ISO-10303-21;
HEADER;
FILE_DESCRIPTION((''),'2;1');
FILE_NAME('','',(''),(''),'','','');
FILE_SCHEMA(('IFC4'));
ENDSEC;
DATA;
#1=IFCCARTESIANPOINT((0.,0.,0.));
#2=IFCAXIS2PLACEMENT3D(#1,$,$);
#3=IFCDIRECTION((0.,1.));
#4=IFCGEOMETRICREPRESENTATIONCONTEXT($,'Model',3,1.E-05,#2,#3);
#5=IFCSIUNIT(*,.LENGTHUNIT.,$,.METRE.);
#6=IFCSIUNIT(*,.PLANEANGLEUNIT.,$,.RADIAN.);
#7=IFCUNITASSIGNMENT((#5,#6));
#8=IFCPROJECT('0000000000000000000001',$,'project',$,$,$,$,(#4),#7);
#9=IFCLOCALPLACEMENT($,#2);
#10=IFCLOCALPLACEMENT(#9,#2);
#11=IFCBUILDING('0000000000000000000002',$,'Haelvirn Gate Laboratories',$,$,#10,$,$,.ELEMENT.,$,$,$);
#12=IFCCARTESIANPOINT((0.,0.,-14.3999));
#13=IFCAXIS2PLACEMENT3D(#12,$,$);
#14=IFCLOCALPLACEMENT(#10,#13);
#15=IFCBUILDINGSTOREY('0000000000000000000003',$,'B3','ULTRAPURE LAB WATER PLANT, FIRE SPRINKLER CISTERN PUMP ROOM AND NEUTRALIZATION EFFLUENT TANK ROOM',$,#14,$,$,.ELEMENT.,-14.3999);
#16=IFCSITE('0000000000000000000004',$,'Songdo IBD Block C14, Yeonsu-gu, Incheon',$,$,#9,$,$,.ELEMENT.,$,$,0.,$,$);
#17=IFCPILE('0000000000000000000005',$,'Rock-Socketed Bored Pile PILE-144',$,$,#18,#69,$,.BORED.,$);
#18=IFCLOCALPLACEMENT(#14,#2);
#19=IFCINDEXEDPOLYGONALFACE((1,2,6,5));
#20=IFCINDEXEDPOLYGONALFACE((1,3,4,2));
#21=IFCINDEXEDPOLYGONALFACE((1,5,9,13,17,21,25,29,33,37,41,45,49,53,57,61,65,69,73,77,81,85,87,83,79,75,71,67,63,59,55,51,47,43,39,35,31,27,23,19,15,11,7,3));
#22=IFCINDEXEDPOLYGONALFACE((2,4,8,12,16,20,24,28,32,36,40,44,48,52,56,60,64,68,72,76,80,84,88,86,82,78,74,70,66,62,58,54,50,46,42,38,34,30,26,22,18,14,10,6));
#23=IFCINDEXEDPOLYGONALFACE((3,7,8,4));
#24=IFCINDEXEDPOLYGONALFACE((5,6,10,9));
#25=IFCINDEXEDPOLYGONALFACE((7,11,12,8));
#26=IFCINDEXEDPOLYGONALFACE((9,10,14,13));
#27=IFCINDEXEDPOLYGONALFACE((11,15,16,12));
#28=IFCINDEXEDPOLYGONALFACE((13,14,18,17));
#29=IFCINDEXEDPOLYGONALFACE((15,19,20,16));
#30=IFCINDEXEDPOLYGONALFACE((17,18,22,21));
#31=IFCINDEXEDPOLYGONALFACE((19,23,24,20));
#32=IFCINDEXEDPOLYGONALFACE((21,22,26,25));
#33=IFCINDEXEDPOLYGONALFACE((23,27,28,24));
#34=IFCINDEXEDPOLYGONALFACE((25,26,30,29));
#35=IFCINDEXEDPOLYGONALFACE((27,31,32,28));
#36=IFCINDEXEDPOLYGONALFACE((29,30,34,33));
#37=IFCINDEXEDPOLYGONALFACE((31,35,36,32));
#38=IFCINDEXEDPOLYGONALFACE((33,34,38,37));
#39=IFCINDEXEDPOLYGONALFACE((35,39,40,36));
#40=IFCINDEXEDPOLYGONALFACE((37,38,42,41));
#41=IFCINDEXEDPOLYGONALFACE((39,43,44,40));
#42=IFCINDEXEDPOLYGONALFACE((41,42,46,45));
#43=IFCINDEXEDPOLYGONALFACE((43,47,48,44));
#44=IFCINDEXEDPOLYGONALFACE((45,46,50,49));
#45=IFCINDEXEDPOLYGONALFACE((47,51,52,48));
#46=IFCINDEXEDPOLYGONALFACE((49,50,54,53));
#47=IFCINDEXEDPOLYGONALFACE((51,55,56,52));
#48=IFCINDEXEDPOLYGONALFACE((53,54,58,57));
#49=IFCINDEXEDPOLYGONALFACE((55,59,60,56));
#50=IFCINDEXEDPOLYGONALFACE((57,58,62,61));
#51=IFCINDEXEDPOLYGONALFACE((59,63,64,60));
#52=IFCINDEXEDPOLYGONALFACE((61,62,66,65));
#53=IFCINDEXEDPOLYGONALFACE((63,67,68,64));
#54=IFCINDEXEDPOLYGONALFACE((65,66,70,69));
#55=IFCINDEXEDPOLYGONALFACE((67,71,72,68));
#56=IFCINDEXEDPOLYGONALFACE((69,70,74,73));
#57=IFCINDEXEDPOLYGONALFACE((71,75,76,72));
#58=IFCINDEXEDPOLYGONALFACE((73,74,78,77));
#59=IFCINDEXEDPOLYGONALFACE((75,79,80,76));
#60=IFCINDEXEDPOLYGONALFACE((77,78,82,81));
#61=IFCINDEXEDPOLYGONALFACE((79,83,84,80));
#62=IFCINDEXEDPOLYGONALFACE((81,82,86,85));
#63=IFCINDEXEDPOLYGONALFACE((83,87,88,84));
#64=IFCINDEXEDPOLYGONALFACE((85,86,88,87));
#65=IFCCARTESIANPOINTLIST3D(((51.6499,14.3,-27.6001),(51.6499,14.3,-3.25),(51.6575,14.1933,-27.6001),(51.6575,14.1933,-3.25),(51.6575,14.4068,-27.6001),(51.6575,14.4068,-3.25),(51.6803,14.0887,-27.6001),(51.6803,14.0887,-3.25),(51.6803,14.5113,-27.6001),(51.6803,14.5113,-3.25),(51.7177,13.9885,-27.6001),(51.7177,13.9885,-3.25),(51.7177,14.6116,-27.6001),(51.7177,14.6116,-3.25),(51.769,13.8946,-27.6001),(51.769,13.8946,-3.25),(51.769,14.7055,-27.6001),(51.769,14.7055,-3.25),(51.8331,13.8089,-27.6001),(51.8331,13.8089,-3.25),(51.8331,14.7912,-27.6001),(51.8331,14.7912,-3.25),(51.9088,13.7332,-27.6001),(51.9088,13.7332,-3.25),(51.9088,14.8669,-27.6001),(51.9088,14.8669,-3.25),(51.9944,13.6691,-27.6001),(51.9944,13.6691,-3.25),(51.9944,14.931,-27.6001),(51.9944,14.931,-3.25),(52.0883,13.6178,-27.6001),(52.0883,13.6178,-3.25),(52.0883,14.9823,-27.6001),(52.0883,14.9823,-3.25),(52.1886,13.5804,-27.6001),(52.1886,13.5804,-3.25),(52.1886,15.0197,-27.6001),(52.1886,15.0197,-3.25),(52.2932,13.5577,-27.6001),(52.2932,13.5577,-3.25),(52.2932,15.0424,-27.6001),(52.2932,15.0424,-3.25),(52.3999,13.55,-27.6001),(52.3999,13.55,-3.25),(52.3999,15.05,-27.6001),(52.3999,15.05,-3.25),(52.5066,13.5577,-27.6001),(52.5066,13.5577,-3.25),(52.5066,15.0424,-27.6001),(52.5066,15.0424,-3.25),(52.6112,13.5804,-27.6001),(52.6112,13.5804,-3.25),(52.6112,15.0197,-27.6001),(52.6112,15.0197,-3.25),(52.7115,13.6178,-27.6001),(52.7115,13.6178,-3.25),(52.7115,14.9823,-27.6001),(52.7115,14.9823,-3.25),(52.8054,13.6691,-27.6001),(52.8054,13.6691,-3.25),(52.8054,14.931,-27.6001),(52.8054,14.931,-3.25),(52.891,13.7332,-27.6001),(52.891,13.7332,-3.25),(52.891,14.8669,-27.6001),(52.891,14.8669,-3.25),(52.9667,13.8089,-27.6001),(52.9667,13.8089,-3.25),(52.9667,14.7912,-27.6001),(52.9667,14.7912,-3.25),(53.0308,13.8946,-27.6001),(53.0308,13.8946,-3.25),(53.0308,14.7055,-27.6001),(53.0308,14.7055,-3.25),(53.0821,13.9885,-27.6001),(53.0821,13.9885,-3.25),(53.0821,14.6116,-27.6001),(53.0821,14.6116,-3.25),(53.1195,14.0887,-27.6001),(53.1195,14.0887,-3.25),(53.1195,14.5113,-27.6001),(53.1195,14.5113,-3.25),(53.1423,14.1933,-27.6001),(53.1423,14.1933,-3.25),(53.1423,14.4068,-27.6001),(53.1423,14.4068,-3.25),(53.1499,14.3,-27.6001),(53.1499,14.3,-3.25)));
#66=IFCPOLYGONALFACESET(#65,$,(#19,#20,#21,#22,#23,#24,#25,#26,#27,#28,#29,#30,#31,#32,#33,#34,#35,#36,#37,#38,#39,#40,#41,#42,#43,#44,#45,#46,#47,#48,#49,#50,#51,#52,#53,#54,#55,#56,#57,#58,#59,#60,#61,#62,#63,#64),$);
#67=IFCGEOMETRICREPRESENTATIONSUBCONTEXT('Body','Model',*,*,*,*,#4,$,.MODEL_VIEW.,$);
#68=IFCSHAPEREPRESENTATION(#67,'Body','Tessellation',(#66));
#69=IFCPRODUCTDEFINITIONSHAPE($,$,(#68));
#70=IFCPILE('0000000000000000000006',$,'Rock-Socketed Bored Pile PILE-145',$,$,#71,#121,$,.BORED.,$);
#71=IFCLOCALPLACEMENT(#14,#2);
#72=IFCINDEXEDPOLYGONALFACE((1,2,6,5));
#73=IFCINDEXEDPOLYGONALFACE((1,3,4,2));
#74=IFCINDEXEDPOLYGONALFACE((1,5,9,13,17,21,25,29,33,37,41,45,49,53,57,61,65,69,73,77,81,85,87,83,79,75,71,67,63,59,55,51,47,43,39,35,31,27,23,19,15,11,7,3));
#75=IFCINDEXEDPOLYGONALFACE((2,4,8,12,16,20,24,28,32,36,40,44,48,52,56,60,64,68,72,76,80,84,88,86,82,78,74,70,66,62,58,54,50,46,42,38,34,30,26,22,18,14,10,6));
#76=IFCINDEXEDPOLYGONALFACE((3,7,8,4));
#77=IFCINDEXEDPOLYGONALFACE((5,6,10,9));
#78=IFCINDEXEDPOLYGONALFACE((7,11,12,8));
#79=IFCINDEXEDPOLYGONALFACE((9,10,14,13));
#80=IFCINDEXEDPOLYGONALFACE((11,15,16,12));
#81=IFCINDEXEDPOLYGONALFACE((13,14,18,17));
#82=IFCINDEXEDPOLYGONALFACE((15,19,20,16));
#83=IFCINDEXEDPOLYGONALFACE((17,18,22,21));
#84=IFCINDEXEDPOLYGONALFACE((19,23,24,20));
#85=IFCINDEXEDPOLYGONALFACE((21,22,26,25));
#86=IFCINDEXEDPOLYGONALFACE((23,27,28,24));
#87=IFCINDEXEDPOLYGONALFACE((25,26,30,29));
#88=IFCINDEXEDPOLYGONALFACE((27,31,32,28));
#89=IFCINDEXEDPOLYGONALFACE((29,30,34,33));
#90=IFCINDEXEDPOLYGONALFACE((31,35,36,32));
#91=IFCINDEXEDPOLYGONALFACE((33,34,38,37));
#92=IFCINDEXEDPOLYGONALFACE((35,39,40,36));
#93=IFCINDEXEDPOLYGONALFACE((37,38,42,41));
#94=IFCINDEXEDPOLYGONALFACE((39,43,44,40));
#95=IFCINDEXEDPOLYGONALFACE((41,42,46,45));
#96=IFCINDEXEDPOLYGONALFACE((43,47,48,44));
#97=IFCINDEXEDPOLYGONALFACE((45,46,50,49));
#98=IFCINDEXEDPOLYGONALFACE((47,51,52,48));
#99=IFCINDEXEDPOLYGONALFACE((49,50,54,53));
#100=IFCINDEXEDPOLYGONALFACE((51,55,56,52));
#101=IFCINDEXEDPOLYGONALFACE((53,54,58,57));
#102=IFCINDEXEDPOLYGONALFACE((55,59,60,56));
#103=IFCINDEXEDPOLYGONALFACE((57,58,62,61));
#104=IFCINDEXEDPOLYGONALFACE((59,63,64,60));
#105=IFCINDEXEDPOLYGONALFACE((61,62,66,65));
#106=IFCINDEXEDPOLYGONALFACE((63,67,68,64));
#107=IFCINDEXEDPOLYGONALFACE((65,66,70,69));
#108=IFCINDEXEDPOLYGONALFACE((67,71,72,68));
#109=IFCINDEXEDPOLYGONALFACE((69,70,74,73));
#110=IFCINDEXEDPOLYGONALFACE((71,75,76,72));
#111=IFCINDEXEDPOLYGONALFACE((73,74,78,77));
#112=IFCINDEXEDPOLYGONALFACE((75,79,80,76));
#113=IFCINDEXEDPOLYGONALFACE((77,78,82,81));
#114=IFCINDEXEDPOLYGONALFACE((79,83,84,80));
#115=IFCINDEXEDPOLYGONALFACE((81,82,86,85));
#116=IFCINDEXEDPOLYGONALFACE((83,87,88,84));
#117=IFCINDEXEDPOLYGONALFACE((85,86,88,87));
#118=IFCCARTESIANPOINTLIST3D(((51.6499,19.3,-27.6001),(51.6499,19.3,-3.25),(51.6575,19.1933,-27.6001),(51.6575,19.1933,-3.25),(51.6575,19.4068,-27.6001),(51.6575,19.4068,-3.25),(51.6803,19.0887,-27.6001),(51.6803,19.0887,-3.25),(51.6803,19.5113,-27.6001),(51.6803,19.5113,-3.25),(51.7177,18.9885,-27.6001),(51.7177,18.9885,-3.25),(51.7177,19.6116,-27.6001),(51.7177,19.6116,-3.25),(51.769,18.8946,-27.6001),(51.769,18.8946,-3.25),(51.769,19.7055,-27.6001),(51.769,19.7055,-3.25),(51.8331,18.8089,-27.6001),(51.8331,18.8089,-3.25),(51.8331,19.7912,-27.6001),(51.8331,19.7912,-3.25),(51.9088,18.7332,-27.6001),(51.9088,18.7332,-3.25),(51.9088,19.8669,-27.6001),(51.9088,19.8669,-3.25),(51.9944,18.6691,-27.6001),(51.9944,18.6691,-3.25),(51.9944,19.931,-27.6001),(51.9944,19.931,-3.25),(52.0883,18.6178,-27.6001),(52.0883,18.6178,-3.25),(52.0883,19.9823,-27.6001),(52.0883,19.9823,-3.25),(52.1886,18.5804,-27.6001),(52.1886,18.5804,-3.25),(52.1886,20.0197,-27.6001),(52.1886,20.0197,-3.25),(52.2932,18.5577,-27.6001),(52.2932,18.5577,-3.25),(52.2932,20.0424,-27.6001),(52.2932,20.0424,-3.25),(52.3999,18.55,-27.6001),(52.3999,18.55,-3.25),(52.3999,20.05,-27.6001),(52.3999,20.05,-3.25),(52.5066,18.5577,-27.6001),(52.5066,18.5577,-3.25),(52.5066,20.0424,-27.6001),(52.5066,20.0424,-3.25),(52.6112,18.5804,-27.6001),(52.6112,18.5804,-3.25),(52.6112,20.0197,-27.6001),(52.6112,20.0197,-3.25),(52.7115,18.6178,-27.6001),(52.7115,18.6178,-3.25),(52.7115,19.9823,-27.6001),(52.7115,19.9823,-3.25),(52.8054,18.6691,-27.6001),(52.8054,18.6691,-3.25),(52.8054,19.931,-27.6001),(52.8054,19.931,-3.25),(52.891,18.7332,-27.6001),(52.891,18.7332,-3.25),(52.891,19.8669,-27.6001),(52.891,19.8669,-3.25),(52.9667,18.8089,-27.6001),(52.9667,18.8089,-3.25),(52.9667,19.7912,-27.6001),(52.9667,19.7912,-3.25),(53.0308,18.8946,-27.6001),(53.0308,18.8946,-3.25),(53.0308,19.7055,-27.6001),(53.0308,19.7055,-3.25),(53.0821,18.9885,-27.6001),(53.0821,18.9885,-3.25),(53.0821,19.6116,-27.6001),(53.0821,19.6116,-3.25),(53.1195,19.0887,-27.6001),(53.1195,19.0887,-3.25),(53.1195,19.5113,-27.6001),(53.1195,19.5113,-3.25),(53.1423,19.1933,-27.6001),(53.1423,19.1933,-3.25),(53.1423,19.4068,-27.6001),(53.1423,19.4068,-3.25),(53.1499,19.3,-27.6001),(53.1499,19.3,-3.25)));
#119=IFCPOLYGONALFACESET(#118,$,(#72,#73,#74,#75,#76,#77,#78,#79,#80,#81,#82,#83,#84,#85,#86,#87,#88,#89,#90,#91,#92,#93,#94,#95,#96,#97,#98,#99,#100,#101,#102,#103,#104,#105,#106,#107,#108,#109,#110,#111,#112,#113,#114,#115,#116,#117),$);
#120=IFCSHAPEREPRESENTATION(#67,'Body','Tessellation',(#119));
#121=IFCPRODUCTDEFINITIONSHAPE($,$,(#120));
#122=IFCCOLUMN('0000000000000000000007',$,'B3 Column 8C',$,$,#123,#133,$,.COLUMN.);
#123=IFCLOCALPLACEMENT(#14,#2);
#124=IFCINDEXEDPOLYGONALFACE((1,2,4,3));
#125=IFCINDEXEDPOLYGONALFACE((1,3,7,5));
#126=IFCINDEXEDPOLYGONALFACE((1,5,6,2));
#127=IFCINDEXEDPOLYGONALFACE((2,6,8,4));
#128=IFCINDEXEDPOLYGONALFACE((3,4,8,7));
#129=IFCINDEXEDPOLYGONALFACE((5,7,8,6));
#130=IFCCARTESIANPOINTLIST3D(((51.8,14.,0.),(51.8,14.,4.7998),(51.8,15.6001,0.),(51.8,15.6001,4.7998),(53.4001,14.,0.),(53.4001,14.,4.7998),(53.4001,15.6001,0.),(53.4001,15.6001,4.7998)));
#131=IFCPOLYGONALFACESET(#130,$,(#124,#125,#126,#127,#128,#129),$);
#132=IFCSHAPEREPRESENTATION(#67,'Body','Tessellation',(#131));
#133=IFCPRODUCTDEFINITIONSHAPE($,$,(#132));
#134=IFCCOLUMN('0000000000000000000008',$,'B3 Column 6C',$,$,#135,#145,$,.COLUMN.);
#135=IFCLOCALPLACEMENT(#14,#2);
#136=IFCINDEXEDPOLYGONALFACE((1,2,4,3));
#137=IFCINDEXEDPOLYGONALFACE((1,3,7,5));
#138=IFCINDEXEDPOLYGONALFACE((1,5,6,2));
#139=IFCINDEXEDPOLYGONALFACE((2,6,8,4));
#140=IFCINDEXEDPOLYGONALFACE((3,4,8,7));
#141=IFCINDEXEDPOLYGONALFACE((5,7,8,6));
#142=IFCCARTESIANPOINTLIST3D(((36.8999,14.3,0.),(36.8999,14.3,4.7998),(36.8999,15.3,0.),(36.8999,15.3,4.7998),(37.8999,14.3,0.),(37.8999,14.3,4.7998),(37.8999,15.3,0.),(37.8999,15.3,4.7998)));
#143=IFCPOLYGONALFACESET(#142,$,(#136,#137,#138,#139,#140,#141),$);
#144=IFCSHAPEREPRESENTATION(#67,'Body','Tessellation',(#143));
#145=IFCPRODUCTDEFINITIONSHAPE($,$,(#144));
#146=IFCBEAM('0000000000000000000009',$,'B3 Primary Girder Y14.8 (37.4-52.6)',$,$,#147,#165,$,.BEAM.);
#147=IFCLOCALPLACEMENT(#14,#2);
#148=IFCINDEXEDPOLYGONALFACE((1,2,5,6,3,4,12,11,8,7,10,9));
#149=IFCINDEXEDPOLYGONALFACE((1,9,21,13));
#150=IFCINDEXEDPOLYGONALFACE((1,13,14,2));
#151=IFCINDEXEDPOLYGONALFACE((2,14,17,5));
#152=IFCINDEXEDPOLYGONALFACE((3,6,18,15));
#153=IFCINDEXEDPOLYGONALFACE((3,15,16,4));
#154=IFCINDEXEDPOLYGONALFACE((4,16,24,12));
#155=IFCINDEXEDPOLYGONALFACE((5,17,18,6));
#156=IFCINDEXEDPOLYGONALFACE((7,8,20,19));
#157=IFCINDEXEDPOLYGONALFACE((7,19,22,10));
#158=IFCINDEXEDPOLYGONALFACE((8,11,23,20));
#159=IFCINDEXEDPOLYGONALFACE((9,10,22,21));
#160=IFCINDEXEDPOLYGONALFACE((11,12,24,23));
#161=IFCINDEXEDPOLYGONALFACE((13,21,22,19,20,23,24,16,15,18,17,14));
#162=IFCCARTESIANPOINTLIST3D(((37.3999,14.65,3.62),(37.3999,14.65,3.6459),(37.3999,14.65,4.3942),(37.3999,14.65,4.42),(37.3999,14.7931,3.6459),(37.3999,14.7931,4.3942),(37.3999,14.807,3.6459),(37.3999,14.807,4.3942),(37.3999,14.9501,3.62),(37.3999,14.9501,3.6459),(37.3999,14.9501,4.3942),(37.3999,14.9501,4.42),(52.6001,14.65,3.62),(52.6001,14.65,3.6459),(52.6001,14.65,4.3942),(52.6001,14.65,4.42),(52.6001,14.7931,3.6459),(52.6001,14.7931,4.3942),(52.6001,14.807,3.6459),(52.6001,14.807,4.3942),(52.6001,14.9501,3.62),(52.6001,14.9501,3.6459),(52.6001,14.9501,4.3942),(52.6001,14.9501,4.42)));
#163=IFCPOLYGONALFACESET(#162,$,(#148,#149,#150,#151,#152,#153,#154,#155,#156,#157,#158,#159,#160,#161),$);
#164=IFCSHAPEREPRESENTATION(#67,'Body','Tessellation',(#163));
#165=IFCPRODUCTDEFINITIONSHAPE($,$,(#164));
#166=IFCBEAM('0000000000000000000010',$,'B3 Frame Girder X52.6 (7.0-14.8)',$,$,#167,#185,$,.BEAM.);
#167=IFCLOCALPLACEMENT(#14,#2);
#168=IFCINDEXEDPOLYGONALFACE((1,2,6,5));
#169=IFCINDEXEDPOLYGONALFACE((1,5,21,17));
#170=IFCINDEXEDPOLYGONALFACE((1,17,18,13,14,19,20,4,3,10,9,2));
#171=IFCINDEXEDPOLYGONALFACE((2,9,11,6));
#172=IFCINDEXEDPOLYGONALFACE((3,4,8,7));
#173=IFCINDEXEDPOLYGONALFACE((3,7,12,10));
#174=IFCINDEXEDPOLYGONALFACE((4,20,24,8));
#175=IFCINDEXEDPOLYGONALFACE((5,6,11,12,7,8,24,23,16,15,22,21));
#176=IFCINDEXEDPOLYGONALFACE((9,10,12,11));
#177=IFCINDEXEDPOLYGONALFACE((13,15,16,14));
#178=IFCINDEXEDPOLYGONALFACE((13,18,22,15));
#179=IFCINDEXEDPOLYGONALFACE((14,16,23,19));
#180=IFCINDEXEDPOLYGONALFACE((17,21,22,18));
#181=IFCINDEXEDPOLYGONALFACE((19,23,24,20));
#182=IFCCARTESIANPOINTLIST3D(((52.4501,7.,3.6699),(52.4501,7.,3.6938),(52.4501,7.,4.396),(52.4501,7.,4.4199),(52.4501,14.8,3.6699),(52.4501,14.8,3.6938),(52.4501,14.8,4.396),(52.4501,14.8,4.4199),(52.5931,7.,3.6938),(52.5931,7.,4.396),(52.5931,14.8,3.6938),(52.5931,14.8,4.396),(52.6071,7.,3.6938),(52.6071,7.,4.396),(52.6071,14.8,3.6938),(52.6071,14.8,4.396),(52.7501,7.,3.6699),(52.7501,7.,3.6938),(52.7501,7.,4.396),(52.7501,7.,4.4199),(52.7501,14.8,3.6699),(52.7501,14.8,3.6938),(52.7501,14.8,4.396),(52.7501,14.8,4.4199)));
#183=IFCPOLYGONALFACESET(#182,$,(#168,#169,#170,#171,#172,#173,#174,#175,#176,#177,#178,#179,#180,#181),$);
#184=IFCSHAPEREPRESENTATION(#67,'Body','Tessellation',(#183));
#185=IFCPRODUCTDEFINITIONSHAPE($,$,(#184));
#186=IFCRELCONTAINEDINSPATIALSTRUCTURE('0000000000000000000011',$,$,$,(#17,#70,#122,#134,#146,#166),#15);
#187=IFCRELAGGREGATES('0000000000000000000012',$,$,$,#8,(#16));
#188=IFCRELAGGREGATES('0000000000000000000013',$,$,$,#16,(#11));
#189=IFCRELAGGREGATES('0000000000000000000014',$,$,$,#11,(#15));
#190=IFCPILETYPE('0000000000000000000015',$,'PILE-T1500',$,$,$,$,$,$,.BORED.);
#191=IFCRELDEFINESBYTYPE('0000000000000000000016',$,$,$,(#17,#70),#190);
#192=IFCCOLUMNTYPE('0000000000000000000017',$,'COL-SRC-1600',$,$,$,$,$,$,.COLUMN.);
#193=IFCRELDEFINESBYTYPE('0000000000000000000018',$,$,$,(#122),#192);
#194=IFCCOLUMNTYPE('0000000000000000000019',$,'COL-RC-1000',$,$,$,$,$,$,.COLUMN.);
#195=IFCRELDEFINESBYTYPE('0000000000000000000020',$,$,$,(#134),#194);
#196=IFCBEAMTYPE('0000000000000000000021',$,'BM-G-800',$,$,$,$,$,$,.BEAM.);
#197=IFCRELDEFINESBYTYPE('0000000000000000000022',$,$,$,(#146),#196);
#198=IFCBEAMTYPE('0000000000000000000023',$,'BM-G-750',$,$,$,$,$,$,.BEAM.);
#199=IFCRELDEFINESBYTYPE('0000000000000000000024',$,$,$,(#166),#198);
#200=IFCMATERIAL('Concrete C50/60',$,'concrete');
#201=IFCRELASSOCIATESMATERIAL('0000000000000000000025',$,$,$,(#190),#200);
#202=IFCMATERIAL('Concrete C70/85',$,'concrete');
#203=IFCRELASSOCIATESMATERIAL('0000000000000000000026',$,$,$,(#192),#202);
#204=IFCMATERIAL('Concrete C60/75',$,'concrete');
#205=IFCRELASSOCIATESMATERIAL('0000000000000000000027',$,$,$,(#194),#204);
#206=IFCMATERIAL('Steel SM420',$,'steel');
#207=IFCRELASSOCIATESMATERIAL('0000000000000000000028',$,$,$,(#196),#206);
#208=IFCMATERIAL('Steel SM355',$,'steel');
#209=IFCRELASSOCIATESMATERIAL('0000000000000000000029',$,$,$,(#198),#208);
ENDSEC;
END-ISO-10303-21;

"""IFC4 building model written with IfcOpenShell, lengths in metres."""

from ifc_helpers import new_model, si_unit, direction, frame, origin, origin_2d, place, context, subcontext, project, spatial, rectangle, circle, i_section, extrude, source, transform, mapped, material, material_profile, profile_set, type_object, type_shapes, element, save


model = new_model("IFC4")

# Units and contexts
model_context = context("Model", 3, precision=1e-05, world=origin(), true_north=direction((0.0, 1.0)))
body_context = subcontext(model_context, "Body", "Model", "MODEL_VIEW")
ifc_project = project(units=[si_unit("LENGTHUNIT", "METRE"), si_unit("PLANEANGLEUNIT", "RADIAN")], contexts=[model_context])

# Site, building, storey
site_placement = place(None, origin())
site = spatial("IfcSite", under=ifc_project, at=site_placement, Name="Songdo IBD Block C14, Yeonsu-gu, Incheon", CompositionType="ELEMENT", RefElevation=0.0)
building_placement = place(site_placement, origin())
building = spatial("IfcBuilding", under=site, at=building_placement, Name="Haelvirn Gate Laboratories", CompositionType="ELEMENT")
storey_placement = place(building_placement, frame((0.0, 0.0, -14.3999)))
storey = spatial("IfcBuildingStorey", under=building, at=storey_placement, Name="B3", Description="ULTRAPURE LAB WATER PLANT, FIRE SPRINKLER CISTERN PUMP ROOM AND NEUTRALIZATION EFFLUENT TANK ROOM", CompositionType="ELEMENT", Elevation=-14.3999)

# Piles
ifc_material_1 = material(Name="Concrete C50/60", Category="concrete")
ifc_material_profile_1 = material_profile(ifc_material_1, circle(Radius=0.75, at=origin_2d()), Name="PILE-D1500")
ifc_profile_set_1 = profile_set([ifc_material_profile_1], Name="Concrete C50/60")
pile_type_1 = type_object("IfcPileType", Name="PILE-T1500", PredefinedType="BORED", material=ifc_profile_set_1)
shared_shape_1 = source(origin(), body_context, "Body", "SweptSolid", [
    extrude(circle(Radius=0.75, at=origin_2d()), origin(), (0.0, 0.0, 1.0), 24.3501),
])
type_shapes(pile_type_1, [shared_shape_1])
for number, where, z_axis, x_axis, name in (
    (1, (52.3999, 14.3, -3.25), (0.0, 0.0, -1.0), (1.0, 0.0, 0.0), "Rock-Socketed Bored Pile PILE-144"),
    (2, (52.3999, 19.3, -3.25), (0.0, 0.0, -1.0), (1.0, 0.0, 0.0), "Rock-Socketed Bored Pile PILE-145"),
):
    element("IfcPile", number, at=place(storey_placement, frame(where, z_axis=z_axis, x_axis=x_axis)), inside=storey, type_object=pile_type_1, Name=name, PredefinedType="BORED", context=body_context, shape_type="MappedRepresentation", body=[
        mapped(shared_shape_1, transform((0.0, 0.0, 0.0), scale=1.0)),
    ])

# Columns
ifc_material_2 = material(Name="Concrete C70/85", Category="concrete")
ifc_material_profile_2 = material_profile(ifc_material_2, rectangle(XDim=1.6001, YDim=1.6001, at=origin_2d()), Name="SRC-1600x1600")
ifc_profile_set_2 = profile_set([ifc_material_profile_2], Name="Concrete C70/85")
column_type_1 = type_object("IfcColumnType", Name="COL-SRC-1600", PredefinedType="COLUMN", material=ifc_profile_set_2)
shared_shape_2 = source(origin(), body_context, "Body", "SweptSolid", [
    extrude(rectangle(XDim=1.6001, YDim=1.6001, at=origin_2d()), origin(), (0.0, 0.0, 1.0), 4.7998),
])
type_shapes(column_type_1, [shared_shape_2])
column_1_placement = place(storey_placement, frame((52.6001, 14.8, 0.0), z_axis=(0.0, 0.0, 1.0), x_axis=(1.0, 0.0, 0.0)))
element("IfcColumn", 3, at=column_1_placement, inside=storey, type_object=column_type_1, Name="B3 Column 8C", PredefinedType="COLUMN", context=body_context, shape_type="MappedRepresentation", body=[
    mapped(shared_shape_2, transform((0.0, 0.0, 0.0), scale=1.0)),
])
ifc_material_3 = material(Name="Concrete C60/75", Category="concrete")
ifc_material_profile_3 = material_profile(ifc_material_3, rectangle(XDim=1.0, YDim=1.0, at=origin_2d()), Name="RC-1000x1000")
ifc_profile_set_3 = profile_set([ifc_material_profile_3], Name="Concrete C60/75")
column_type_2 = type_object("IfcColumnType", Name="COL-RC-1000", PredefinedType="COLUMN", material=ifc_profile_set_3)
shared_shape_3 = source(origin(), body_context, "Body", "SweptSolid", [
    extrude(rectangle(XDim=1.0, YDim=1.0, at=origin_2d()), origin(), (0.0, 0.0, 1.0), 4.7998),
])
type_shapes(column_type_2, [shared_shape_3])
column_2_placement = place(storey_placement, frame((37.3999, 14.8, 0.0), z_axis=(0.0, 0.0, 1.0), x_axis=(1.0, 0.0, 0.0)))
element("IfcColumn", 4, at=column_2_placement, inside=storey, type_object=column_type_2, Name="B3 Column 6C", PredefinedType="COLUMN", context=body_context, shape_type="MappedRepresentation", body=[
    mapped(shared_shape_3, transform((0.0, 0.0, 0.0), scale=1.0)),
])

# Beams
ifc_material_4 = material(Name="Steel SM420", Category="steel")
ifc_material_profile_4 = material_profile(ifc_material_4, i_section(OverallWidth=0.3, OverallDepth=0.8, WebThickness=0.0139, FlangeThickness=0.0259, at=origin_2d()), Name="H-800x300x14x26")
ifc_profile_set_4 = profile_set([ifc_material_profile_4], Name="Steel SM420")
beam_type_1 = type_object("IfcBeamType", Name="BM-G-800", PredefinedType="BEAM", material=ifc_profile_set_4)
shared_shape_4 = source(origin(), body_context, "Body", "SweptSolid", [
    extrude(i_section(OverallWidth=0.3, OverallDepth=0.8, WebThickness=0.0139, FlangeThickness=0.0259, at=origin_2d()), origin(), (0.0, 0.0, 1.0), 15.2002),
])
type_shapes(beam_type_1, [shared_shape_4])
beam_1_placement = place(storey_placement, frame((37.3999, 14.8, 4.02), z_axis=(1.0, 0.0, 0.0), x_axis=(0.0, 1.0, 0.0)))
element("IfcBeam", 5, at=beam_1_placement, inside=storey, type_object=beam_type_1, Name="B3 Primary Girder Y14.8 (37.4-52.6)", PredefinedType="BEAM", context=body_context, shape_type="MappedRepresentation", body=[
    mapped(shared_shape_4, transform((0.0, 0.0, 0.0), scale=1.0)),
])
ifc_material_5 = material(Name="Steel SM355", Category="steel")
ifc_material_profile_5 = material_profile(ifc_material_5, i_section(OverallWidth=0.3, OverallDepth=0.75, WebThickness=0.0139, FlangeThickness=0.0239, at=origin_2d()), Name="H-750x300x14x24")
ifc_profile_set_5 = profile_set([ifc_material_profile_5], Name="Steel SM355")
beam_type_2 = type_object("IfcBeamType", Name="BM-G-750", PredefinedType="BEAM", material=ifc_profile_set_5)
shared_shape_5 = source(origin(), body_context, "Body", "SweptSolid", [
    extrude(i_section(OverallWidth=0.3, OverallDepth=0.75, WebThickness=0.0139, FlangeThickness=0.0239, at=origin_2d()), origin(), (0.0, 0.0, 1.0), 7.8),
])
beam_2_placement = place(storey_placement, frame((52.6001, 7.0, 4.0449), z_axis=(0.0, 1.0, 0.0), x_axis=(-1.0, 0.0, 0.0)))
element("IfcBeam", 6, at=beam_2_placement, inside=storey, type_object=beam_type_2, Name="B3 Frame Girder X52.6 (7.0-14.8)", PredefinedType="BEAM", context=body_context, shape_type="MappedRepresentation", body=[
    mapped(shared_shape_5, transform((0.0, 0.0, 0.0), scale=1.0)),
])

save(model, "model.ifc")
